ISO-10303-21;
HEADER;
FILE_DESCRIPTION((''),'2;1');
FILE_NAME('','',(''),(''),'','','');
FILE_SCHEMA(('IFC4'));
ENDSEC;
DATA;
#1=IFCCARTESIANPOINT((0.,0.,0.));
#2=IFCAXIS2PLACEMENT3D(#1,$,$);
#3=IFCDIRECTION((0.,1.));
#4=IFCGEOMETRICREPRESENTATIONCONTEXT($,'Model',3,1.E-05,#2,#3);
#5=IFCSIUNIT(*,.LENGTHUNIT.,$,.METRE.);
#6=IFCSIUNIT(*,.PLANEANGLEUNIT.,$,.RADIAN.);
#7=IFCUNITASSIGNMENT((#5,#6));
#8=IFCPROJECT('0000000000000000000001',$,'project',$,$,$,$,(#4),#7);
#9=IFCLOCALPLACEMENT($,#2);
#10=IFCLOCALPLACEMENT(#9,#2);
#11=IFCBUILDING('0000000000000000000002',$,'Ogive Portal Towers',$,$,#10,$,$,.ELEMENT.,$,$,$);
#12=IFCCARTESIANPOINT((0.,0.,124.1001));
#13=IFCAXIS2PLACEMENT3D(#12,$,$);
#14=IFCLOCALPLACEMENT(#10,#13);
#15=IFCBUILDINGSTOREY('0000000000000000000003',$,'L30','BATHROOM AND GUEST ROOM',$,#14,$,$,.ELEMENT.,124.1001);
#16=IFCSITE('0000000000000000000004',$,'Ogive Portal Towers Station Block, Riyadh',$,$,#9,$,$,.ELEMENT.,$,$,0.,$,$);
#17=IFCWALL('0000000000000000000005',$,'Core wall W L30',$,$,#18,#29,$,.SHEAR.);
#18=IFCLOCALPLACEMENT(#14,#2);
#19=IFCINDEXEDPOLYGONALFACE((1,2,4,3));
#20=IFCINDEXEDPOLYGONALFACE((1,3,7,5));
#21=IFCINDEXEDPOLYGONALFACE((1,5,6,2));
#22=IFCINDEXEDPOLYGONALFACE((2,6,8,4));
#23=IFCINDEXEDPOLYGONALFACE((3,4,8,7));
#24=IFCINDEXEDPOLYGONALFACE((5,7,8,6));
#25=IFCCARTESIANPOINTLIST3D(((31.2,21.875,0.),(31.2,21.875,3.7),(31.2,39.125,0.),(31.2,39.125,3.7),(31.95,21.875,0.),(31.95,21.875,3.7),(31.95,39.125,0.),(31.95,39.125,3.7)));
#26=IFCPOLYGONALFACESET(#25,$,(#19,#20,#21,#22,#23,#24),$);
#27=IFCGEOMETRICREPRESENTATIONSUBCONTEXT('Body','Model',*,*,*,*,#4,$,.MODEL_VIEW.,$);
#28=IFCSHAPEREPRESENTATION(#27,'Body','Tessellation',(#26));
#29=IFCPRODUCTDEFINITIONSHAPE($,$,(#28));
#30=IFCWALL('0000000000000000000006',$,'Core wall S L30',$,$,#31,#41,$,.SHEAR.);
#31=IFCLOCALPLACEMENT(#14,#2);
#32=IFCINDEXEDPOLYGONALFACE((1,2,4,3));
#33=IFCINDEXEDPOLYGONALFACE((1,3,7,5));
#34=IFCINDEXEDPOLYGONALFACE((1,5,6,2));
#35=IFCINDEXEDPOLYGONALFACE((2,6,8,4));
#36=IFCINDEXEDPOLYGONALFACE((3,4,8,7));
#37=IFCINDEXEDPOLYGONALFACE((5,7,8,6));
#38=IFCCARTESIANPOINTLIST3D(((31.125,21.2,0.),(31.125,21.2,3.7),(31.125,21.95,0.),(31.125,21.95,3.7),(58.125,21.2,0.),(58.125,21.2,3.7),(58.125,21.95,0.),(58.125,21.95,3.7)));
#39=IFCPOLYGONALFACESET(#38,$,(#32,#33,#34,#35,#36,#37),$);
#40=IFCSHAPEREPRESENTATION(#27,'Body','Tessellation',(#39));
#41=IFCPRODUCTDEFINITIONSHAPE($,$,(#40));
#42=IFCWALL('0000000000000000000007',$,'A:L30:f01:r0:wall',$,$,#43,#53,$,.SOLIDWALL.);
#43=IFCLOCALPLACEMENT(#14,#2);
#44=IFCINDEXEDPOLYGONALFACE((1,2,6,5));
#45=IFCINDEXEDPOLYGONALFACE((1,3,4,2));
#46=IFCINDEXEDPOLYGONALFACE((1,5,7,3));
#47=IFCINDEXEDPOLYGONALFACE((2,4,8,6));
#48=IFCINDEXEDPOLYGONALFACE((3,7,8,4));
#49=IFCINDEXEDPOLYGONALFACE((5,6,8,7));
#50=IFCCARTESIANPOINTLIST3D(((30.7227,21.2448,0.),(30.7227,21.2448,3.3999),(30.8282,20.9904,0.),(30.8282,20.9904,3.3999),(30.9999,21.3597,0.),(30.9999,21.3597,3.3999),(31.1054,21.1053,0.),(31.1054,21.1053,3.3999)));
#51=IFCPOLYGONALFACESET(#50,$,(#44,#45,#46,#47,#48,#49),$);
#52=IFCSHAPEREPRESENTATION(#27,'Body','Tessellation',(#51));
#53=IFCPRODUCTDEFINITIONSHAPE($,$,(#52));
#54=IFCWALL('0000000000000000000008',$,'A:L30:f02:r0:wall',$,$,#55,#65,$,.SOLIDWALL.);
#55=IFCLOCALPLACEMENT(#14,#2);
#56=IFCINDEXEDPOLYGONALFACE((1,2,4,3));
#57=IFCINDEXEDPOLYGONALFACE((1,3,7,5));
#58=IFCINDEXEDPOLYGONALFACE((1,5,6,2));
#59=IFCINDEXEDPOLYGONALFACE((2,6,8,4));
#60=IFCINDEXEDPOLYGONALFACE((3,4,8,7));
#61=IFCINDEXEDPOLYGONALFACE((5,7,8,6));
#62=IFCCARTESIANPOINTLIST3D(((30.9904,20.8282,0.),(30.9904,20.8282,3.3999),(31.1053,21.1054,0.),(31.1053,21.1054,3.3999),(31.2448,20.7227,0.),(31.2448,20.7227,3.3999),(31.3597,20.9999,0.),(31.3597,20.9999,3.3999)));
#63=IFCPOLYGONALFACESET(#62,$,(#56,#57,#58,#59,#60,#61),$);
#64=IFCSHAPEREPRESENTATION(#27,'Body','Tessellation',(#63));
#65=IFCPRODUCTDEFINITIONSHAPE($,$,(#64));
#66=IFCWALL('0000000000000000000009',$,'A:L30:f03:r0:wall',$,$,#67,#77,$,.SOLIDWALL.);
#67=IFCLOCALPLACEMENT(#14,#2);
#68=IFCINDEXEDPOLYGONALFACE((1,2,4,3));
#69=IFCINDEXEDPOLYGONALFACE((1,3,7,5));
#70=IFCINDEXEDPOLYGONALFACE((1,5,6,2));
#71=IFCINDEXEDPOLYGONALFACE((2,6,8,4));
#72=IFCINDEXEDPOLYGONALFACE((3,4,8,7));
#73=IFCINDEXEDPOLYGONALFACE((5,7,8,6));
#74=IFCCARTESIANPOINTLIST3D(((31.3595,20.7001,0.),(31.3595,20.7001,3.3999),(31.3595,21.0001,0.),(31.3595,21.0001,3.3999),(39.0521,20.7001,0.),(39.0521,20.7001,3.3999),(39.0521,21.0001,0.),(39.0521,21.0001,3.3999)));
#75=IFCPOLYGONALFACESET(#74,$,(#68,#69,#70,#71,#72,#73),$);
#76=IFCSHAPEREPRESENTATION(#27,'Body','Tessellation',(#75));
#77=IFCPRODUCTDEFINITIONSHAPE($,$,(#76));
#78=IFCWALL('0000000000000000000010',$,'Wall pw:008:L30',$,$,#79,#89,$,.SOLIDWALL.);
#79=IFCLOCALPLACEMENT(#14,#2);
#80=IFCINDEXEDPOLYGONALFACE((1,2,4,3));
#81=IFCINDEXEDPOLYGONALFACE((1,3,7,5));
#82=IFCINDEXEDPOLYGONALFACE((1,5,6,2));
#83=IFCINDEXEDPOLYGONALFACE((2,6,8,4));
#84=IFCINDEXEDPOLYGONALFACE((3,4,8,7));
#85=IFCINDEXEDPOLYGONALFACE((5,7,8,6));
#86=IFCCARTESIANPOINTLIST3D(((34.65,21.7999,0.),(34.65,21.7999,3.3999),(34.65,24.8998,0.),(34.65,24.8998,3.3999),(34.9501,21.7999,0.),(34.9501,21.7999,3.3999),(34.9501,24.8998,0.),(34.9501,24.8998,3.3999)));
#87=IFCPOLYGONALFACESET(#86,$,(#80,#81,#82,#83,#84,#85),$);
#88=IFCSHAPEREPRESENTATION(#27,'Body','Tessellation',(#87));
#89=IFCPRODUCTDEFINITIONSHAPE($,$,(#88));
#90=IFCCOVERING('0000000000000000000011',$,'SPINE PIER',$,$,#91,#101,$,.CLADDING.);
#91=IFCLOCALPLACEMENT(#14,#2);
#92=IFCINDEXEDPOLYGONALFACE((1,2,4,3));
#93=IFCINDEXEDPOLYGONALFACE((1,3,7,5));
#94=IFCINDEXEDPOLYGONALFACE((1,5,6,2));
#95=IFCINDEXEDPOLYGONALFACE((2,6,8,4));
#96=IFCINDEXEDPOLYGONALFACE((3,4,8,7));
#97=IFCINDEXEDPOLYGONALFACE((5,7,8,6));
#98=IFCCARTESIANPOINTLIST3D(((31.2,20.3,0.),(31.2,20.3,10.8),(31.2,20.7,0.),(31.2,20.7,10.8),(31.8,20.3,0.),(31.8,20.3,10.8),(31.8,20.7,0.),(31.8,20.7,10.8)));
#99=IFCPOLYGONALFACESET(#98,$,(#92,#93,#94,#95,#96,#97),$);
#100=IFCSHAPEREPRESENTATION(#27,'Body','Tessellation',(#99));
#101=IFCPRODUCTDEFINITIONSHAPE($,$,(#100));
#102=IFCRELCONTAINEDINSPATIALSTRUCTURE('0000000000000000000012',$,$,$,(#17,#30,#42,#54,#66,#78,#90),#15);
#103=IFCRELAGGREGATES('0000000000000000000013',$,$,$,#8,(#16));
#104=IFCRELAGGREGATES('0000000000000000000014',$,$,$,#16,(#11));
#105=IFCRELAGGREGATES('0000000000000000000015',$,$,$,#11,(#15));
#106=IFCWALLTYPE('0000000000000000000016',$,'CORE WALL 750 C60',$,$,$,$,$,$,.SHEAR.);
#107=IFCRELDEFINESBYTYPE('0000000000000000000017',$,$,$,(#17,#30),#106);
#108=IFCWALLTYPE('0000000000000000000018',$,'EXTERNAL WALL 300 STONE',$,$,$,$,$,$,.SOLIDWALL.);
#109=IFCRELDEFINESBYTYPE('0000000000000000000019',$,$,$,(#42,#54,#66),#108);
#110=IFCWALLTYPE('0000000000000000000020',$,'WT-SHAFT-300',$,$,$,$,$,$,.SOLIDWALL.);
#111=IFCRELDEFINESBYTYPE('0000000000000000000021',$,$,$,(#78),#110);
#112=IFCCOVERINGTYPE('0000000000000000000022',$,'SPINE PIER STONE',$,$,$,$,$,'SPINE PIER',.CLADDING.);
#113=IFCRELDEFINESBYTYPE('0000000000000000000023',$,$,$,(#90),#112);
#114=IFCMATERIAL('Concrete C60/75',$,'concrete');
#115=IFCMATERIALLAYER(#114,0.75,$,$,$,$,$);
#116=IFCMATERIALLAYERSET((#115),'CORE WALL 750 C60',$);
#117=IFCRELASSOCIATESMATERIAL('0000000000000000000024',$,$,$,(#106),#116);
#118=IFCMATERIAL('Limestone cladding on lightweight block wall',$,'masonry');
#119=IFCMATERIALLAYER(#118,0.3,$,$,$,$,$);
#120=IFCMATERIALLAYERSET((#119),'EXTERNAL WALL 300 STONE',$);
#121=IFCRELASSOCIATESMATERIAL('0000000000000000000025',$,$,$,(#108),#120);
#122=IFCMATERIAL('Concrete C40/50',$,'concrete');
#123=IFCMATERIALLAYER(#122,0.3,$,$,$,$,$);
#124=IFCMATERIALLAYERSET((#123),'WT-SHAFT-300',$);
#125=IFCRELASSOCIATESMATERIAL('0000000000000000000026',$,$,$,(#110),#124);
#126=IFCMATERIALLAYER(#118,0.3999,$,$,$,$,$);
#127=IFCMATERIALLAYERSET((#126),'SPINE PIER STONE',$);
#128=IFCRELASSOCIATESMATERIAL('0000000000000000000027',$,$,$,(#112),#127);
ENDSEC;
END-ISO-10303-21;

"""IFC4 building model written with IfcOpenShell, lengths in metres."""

from ifc_helpers import new_model, si_unit, direction, frame, frame_2d, origin, origin_2d, place, context, subcontext, project, spatial, rectangle, extrude, material, layer, layer_set, type_object, element, save


model = new_model("IFC4")

# Units and contexts
model_context = context("Model", 3, precision=1e-05, world=origin(), true_north=direction((0.0, 1.0)))
body_context = subcontext(model_context, "Body", "Model", "MODEL_VIEW")
ifc_project = project(units=[si_unit("LENGTHUNIT", "METRE"), si_unit("PLANEANGLEUNIT", "RADIAN")], contexts=[model_context])

# Site, building, storey
site_placement = place(None, origin())
site = spatial("IfcSite", under=ifc_project, at=site_placement, Name="Ogive Portal Towers Station Block, Riyadh", CompositionType="ELEMENT", RefElevation=0.0)
building_placement = place(site_placement, origin())
building = spatial("IfcBuilding", under=site, at=building_placement, Name="Ogive Portal Towers", CompositionType="ELEMENT")
storey_placement = place(building_placement, frame((0.0, 0.0, 124.1001)))
storey = spatial("IfcBuildingStorey", under=building, at=storey_placement, Name="L30", Description="BATHROOM AND GUEST ROOM", CompositionType="ELEMENT", Elevation=124.1001)

# Walls
ifc_material_1 = material(Name="Concrete C60/75", Category="concrete")
ifc_layer_1 = layer(ifc_material_1, 0.75)
ifc_layer_set_1 = layer_set([ifc_layer_1], Name="CORE WALL 750 C60")
wall_type_1 = type_object("IfcWallType", Name="CORE WALL 750 C60", PredefinedType="SHEAR", material=ifc_layer_set_1)
wall_1_placement = place(storey_placement, frame((31.575, 21.875, 0.0), z_axis=(0.0, 0.0, 1.0), x_axis=(0.0, 1.0, 0.0)))
element("IfcWall", 1, at=wall_1_placement, inside=storey, type_object=wall_type_1, Name="Core wall W L30", PredefinedType="SHEAR", context=body_context, shape_type="SweptSolid", body=[
    extrude(rectangle(XDim=17.25, YDim=0.75, at=frame_2d((8.625, 0.0))), origin(), (0.0, 0.0, 1.0), 3.7),
])
wall_2_placement = place(storey_placement, frame((31.125, 21.575, 0.0), z_axis=(0.0, 0.0, 1.0), x_axis=(1.0, 0.0, 0.0)))
element("IfcWall", 2, at=wall_2_placement, inside=storey, type_object=wall_type_1, Name="Core wall S L30", PredefinedType="SHEAR", context=body_context, shape_type="SweptSolid", body=[
    extrude(rectangle(XDim=27.0, YDim=0.75, at=frame_2d((13.5, 0.0))), origin(), (0.0, 0.0, 1.0), 3.7),
])
ifc_material_2 = material(Name="Limestone cladding on lightweight block wall", Category="masonry")
ifc_layer_2 = layer(ifc_material_2, 0.3)
ifc_layer_set_2 = layer_set([ifc_layer_2], Name="EXTERNAL WALL 300 STONE")
wall_type_2 = type_object("IfcWallType", Name="EXTERNAL WALL 300 STONE", PredefinedType="SOLIDWALL", material=ifc_layer_set_2)
for number, where, z_axis, x_axis, name in (
    (3, (30.8613, 21.3022, 0.0), (0.0, 0.0, 1.0), (0.382978, -0.923757, 0.0), "A:L30:f01:r0:wall"),
    (4, (31.0479, 20.9668, 0.0), (0.0, 0.0, 1.0), (0.923757, -0.382978, 0.0), "A:L30:f02:r0:wall"),
):
    element("IfcWall", number, at=place(storey_placement, frame(where, z_axis=z_axis, x_axis=x_axis)), inside=storey, type_object=wall_type_2, Name=name, PredefinedType="SOLIDWALL", context=body_context, shape_type="SweptSolid", body=[
        extrude(rectangle(XDim=0.2754, YDim=0.3, at=frame_2d((0.1377, 0.0))), origin(), (0.0, 0.0, 1.0), 3.3999),
    ])
wall_3_placement = place(storey_placement, frame((31.3596, 20.8501, 0.0), z_axis=(0.0, 0.0, 1.0), x_axis=(1.0, 0.0, 0.0)))
element("IfcWall", 5, at=wall_3_placement, inside=storey, type_object=wall_type_2, Name="A:L30:f03:r0:wall", PredefinedType="SOLIDWALL", context=body_context, shape_type="SweptSolid", body=[
    extrude(rectangle(XDim=7.6926, YDim=0.3, at=frame_2d((3.8462, 0.0))), origin(), (0.0, 0.0, 1.0), 3.3999),
])

# Shared definitions
ifc_material_3 = material(Name="Concrete C40/50", Category="concrete")
ifc_layer_3 = layer(ifc_material_3, 0.3)
ifc_layer_set_3 = layer_set([ifc_layer_3], Name="WT-SHAFT-300")
wall_type_3 = type_object("IfcWallType", Name="WT-SHAFT-300", PredefinedType="SOLIDWALL", material=ifc_layer_set_3)

# Wall
wall_4_placement = place(storey_placement, frame((34.8, 21.8, 0.0), z_axis=(0.0, 0.0, 1.0), x_axis=(0.0, 1.0, 0.0)))
element("IfcWall", 6, at=wall_4_placement, inside=storey, type_object=wall_type_3, Name="Wall pw:008:L30", PredefinedType="SOLIDWALL", context=body_context, shape_type="SweptSolid", body=[
    extrude(rectangle(XDim=3.0999, YDim=0.3, at=frame_2d((1.5498, 0.0))), origin(), (0.0, 0.0, 1.0), 3.3999),
])

# Covering
ifc_layer_4 = layer(ifc_material_2, 0.3999)
ifc_layer_set_4 = layer_set([ifc_layer_4], Name="SPINE PIER STONE")
covering_type = type_object("IfcCoveringType", Name="SPINE PIER STONE", ElementType="SPINE PIER", PredefinedType="CLADDING", material=ifc_layer_set_4)
covering_placement = place(storey_placement, frame((31.5, 20.5, 0.0), z_axis=(0.0, 0.0, 1.0), x_axis=(1.0, 0.0, 0.0)))
element("IfcCovering", 7, at=covering_placement, inside=storey, type_object=covering_type, Name="SPINE PIER", PredefinedType="CLADDING", context=body_context, shape_type="SweptSolid", body=[
    extrude(rectangle(XDim=0.6001, YDim=0.3999, at=origin_2d()), origin(), (0.0, 0.0, 1.0), 10.8),
])

save(model, "model.ifc")
